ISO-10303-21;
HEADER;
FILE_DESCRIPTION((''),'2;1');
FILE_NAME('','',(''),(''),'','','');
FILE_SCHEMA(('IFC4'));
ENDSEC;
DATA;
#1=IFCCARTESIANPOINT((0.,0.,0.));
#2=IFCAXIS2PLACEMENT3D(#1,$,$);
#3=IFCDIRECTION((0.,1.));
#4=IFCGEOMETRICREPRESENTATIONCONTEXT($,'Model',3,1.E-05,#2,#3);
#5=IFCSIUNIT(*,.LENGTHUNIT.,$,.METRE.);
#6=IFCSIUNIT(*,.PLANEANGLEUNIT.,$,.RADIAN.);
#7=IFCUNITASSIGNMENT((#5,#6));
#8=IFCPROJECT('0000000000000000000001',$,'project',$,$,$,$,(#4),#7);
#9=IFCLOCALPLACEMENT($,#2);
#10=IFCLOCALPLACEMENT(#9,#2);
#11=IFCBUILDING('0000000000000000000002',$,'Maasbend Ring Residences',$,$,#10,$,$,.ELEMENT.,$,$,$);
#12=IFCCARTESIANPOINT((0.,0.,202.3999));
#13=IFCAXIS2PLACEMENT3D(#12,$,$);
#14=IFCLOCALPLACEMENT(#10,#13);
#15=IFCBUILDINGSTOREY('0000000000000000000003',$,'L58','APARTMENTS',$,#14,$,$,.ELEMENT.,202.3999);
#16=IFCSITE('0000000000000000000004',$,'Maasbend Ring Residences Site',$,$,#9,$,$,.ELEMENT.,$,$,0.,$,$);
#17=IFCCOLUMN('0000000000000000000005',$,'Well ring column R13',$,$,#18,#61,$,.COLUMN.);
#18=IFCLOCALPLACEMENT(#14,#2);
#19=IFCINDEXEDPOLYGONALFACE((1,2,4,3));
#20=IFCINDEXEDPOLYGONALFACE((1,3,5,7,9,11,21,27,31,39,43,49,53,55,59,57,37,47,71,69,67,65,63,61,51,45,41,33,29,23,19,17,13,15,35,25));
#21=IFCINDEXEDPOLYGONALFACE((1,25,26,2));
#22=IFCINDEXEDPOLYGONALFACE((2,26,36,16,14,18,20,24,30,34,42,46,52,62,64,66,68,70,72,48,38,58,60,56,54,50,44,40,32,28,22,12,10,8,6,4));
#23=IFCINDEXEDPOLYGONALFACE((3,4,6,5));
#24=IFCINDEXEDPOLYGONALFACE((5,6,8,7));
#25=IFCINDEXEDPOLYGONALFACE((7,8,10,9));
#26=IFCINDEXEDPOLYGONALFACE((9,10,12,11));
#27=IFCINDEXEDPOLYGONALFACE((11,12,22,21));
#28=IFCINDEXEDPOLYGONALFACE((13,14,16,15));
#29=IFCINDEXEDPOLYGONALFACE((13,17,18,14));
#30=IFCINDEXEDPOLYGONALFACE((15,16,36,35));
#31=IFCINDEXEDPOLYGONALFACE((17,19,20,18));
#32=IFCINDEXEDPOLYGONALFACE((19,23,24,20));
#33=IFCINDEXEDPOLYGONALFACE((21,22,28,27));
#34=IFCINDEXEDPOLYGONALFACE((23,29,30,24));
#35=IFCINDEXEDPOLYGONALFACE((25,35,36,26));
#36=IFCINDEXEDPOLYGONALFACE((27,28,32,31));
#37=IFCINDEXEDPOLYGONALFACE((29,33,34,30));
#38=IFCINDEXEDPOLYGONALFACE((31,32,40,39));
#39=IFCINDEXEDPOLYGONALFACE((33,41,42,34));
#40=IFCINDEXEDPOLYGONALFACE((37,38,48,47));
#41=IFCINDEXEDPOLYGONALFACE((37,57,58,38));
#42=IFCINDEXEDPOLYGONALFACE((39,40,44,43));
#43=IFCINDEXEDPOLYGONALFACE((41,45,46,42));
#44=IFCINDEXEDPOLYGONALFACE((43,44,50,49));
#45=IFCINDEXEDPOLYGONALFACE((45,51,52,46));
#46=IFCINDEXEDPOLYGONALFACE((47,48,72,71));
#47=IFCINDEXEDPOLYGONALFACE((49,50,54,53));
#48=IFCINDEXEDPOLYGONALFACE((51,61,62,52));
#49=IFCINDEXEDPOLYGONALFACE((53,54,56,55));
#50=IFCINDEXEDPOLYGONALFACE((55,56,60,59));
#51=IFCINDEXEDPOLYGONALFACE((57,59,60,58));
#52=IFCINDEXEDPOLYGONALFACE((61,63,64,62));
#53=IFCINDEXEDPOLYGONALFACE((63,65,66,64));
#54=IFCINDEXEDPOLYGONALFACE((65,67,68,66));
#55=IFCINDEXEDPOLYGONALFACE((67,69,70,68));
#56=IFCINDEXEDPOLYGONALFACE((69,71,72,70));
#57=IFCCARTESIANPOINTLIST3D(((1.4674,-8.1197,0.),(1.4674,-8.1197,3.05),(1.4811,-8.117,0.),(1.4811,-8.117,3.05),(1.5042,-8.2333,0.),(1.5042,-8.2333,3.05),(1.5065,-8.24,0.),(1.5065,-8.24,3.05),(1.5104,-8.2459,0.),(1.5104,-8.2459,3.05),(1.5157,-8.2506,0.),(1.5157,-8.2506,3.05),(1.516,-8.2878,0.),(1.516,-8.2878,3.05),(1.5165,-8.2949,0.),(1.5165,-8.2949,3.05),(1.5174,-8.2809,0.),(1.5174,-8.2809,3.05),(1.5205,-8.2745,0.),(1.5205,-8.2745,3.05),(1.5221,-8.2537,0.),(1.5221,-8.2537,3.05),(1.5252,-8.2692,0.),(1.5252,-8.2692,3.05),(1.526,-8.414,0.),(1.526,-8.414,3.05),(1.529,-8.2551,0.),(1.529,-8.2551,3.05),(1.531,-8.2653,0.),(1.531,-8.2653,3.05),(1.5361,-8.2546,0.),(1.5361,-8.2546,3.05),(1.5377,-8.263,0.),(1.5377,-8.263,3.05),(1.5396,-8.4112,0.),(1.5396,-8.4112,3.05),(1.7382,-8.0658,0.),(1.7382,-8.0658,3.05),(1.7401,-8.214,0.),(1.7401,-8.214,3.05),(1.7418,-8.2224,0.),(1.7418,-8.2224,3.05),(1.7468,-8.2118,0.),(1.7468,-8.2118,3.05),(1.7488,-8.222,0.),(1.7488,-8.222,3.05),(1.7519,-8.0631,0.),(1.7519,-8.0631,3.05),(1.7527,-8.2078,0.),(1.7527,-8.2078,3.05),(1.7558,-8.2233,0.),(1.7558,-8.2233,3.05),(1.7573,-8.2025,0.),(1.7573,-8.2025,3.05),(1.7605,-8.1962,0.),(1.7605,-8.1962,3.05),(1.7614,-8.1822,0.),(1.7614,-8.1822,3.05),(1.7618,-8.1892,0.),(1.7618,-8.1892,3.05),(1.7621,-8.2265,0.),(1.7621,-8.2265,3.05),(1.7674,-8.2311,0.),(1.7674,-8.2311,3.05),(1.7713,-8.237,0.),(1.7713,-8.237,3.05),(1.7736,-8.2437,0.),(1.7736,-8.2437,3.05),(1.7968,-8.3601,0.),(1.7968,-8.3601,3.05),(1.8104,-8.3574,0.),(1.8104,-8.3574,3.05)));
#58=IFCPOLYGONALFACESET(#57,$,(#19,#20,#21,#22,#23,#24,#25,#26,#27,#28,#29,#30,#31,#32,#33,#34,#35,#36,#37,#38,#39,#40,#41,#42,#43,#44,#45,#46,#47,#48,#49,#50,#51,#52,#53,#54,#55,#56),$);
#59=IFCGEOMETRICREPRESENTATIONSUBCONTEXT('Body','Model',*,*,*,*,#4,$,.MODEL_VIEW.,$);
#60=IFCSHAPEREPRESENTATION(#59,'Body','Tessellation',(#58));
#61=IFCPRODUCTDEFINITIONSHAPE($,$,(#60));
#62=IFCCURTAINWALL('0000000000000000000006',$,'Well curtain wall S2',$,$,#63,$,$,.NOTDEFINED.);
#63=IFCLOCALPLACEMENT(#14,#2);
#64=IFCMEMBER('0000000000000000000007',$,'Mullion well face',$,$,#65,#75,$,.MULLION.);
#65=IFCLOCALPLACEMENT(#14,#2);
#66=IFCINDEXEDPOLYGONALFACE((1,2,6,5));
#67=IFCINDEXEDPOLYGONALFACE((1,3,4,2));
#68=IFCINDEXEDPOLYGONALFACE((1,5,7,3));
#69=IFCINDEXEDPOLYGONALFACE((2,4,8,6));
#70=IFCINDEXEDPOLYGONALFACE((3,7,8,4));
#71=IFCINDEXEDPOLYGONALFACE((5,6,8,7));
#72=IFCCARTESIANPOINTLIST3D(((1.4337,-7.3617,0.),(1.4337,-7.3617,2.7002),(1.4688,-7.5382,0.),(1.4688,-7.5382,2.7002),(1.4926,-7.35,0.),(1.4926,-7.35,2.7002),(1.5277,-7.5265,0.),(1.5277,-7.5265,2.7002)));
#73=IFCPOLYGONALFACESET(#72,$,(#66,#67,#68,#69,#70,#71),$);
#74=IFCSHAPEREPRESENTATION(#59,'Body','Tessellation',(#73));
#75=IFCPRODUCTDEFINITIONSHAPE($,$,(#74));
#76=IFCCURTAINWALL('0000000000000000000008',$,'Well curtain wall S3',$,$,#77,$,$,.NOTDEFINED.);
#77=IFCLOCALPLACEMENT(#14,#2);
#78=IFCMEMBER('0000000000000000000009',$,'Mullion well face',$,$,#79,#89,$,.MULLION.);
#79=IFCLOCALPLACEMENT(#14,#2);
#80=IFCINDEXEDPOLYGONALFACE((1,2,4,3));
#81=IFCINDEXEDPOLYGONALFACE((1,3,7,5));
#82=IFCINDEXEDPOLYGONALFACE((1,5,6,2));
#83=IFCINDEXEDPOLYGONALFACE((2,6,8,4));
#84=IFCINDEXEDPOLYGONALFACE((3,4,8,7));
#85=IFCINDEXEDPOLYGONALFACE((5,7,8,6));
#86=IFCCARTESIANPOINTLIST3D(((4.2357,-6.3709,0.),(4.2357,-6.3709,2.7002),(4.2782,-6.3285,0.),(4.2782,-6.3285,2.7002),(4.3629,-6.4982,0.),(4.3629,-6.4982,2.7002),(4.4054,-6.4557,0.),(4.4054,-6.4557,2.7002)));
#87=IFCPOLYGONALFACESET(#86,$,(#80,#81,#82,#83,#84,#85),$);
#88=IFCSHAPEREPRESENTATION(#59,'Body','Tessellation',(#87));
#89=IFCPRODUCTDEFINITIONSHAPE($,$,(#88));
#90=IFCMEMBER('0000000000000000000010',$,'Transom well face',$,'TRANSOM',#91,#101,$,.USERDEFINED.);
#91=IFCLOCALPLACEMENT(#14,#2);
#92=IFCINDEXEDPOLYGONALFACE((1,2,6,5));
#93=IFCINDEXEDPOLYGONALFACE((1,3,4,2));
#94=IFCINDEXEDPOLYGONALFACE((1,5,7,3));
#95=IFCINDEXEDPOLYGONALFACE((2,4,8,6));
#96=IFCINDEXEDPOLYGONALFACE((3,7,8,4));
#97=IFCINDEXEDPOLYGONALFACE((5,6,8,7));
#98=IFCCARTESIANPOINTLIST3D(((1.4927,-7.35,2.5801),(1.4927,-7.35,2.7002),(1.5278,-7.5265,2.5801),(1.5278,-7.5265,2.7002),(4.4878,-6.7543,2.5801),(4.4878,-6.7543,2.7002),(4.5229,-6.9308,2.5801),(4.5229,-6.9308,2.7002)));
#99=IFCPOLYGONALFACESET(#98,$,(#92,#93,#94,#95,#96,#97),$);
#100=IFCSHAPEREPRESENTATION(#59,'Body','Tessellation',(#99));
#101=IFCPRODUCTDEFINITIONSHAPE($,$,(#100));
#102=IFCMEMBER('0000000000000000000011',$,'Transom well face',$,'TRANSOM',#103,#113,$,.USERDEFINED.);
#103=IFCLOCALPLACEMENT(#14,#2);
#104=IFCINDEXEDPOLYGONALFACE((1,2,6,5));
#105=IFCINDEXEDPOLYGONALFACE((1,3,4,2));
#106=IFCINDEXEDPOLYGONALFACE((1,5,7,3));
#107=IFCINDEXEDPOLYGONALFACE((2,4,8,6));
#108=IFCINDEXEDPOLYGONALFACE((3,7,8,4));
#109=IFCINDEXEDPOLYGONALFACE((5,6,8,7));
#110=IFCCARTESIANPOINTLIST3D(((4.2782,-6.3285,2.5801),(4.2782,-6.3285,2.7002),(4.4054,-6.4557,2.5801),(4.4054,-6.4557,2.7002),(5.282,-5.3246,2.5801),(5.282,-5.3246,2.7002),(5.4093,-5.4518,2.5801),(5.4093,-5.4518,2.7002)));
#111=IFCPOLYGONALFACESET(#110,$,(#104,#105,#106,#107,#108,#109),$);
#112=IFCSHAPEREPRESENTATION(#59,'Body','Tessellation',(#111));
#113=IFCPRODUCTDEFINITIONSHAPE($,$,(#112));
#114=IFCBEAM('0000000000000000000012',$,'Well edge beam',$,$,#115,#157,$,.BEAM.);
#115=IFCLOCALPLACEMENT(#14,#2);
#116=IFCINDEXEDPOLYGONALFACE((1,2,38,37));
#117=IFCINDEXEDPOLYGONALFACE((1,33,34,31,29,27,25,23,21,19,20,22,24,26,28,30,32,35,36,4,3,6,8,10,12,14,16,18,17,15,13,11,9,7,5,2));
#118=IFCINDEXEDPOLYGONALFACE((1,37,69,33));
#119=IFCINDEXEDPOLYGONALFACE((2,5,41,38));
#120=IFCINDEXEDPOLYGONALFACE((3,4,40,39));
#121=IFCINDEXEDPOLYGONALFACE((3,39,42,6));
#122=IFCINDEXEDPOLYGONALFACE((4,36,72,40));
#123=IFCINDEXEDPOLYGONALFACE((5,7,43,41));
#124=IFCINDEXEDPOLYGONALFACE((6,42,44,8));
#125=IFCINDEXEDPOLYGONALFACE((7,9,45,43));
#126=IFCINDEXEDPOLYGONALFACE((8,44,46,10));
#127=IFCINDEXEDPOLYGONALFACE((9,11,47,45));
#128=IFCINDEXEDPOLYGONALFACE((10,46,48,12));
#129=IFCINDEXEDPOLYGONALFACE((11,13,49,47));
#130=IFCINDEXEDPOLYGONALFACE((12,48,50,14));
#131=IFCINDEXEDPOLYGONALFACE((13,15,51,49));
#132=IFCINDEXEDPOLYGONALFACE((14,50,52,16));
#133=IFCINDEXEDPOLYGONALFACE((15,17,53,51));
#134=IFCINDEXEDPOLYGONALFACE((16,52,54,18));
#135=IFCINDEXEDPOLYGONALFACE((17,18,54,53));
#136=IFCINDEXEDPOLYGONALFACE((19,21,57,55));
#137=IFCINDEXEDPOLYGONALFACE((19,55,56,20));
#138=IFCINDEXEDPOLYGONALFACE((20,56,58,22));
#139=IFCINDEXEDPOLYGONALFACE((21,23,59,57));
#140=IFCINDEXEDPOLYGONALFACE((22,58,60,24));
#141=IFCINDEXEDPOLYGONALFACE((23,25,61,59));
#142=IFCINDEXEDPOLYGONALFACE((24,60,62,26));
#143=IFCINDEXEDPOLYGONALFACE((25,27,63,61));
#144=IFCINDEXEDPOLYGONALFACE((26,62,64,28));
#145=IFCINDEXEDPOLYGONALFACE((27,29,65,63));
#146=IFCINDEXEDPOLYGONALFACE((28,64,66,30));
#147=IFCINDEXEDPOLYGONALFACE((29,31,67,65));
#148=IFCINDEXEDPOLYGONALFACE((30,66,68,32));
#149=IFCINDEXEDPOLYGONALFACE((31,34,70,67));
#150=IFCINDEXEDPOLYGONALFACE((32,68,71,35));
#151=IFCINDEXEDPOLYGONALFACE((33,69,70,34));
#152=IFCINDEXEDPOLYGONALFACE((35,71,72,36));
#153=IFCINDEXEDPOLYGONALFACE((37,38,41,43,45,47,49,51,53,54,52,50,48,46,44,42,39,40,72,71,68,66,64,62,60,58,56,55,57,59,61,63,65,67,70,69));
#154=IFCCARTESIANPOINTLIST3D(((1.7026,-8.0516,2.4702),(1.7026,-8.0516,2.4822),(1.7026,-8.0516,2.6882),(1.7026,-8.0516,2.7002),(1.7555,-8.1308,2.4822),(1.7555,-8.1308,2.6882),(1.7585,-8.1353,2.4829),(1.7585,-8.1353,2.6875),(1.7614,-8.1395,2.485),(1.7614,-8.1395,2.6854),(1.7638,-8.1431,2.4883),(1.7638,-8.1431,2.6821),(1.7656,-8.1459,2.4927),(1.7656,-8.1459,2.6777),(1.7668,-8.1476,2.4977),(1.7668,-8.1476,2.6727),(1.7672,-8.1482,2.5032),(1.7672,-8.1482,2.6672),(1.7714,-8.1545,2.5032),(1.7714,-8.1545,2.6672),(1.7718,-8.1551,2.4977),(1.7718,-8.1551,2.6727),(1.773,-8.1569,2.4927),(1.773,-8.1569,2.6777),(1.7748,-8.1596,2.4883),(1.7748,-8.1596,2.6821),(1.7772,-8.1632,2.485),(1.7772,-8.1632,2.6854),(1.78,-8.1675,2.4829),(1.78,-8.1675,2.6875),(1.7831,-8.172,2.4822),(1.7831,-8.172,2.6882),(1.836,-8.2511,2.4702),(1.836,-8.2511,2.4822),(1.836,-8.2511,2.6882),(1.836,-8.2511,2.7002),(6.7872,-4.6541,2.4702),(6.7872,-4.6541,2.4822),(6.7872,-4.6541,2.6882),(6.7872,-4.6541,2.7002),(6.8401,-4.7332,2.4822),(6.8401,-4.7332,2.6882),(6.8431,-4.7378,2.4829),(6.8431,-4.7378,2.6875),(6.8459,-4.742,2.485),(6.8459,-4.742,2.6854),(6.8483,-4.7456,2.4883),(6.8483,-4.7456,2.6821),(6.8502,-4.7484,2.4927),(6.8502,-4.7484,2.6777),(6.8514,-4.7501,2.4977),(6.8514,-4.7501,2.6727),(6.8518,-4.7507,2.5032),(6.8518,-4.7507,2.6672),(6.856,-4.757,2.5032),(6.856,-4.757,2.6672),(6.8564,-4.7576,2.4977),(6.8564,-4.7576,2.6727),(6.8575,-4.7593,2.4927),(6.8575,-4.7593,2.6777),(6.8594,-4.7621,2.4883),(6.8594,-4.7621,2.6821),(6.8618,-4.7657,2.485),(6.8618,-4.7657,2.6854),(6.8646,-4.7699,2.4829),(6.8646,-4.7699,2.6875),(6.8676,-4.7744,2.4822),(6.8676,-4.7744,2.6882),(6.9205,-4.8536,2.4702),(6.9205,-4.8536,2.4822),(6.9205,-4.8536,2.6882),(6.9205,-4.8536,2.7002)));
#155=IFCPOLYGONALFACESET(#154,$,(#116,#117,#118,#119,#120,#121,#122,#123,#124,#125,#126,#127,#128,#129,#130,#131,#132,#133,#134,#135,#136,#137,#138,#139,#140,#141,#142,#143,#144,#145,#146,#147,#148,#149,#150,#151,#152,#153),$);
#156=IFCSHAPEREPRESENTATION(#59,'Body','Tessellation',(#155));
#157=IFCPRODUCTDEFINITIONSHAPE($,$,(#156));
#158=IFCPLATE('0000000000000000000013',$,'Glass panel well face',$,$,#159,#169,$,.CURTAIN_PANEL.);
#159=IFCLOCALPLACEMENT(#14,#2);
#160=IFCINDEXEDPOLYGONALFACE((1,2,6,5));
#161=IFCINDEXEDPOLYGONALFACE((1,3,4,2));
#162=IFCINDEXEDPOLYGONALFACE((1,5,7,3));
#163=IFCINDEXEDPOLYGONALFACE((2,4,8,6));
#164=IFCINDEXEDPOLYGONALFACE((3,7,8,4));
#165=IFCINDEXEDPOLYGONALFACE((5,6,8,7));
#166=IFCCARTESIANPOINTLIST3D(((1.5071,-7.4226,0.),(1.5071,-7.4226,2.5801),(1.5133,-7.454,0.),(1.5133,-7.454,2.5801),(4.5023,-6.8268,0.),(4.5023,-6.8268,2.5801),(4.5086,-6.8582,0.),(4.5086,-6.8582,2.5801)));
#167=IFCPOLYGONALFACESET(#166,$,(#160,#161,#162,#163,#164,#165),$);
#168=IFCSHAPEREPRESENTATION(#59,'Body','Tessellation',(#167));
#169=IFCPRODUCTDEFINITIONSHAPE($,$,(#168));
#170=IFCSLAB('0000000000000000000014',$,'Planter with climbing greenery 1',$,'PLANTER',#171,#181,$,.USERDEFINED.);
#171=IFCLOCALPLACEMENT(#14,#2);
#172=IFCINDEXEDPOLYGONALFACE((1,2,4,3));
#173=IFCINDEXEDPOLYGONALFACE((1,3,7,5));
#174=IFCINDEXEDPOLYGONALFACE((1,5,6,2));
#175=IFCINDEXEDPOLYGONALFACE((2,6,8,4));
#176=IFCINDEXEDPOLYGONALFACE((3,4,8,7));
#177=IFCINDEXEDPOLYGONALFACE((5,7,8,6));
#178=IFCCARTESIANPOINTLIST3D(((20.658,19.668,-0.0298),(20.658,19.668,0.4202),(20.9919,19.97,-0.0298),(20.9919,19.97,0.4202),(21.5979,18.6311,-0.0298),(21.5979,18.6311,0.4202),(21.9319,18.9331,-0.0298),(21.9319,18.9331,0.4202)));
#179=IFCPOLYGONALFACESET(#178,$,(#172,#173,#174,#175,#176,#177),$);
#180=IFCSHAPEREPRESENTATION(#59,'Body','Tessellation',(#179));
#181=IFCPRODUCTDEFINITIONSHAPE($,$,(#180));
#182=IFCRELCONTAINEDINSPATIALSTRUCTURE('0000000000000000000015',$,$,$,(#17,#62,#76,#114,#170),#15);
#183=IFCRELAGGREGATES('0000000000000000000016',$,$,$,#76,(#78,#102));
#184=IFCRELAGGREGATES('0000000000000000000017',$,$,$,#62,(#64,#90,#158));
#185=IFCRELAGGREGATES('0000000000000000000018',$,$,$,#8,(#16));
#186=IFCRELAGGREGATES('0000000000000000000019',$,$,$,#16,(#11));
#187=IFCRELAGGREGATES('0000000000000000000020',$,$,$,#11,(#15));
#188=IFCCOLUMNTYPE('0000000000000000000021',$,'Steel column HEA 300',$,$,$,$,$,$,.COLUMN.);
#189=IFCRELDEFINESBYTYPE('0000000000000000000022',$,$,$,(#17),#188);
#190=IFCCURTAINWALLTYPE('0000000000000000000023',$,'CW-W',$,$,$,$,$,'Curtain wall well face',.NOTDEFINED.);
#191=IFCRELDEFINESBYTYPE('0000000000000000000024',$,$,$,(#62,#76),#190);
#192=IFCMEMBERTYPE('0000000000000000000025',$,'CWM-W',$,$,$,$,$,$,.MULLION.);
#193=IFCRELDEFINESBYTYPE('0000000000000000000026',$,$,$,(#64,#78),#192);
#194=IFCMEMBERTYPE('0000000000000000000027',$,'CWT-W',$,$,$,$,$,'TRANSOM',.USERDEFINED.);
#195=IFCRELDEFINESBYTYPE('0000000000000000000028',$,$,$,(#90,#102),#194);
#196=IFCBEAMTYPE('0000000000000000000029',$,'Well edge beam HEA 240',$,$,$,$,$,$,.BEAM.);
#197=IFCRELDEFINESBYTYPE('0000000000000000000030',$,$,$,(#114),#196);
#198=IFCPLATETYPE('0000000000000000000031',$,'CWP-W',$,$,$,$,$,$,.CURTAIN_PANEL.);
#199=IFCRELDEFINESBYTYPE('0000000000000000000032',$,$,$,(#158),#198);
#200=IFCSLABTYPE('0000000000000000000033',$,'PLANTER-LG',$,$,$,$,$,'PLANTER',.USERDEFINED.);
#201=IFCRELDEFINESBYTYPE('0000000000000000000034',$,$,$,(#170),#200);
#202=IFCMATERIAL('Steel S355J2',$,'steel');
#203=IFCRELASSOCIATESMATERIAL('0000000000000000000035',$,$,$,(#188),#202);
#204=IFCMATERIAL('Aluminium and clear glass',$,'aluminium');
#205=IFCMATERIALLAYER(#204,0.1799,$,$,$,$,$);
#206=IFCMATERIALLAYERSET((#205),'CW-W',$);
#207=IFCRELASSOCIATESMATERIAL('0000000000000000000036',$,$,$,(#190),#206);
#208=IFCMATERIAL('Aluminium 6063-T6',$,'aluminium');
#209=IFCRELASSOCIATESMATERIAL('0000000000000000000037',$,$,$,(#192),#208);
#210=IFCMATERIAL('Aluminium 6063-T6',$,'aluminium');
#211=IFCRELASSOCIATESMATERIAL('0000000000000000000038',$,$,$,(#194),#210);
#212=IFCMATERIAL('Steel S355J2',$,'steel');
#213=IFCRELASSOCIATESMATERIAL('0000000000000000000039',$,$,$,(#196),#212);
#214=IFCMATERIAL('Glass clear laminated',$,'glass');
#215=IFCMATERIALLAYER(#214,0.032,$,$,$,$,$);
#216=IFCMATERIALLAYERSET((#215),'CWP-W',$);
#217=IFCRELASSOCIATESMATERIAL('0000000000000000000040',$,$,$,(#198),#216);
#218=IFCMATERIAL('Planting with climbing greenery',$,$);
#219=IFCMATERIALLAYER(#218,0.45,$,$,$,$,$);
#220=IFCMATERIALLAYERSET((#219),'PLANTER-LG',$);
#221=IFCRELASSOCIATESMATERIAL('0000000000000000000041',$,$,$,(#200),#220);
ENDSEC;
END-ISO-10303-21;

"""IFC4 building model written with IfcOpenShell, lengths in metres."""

from ifc_helpers import new_model, si_unit, direction, frame, origin, origin_2d, place, context, subcontext, project, spatial, polyline, rectangle, i_section, outline, extrude, material, layer, layer_set, material_profile, profile_set, type_object, element, aggregate, save


model = new_model("IFC4")

# Units and contexts
model_context = context("Model", 3, precision=1e-05, world=origin(), true_north=direction((0.0, 1.0)))
body_context = subcontext(model_context, "Body", "Model", "MODEL_VIEW")
ifc_project = project(units=[si_unit("LENGTHUNIT", "METRE"), si_unit("PLANEANGLEUNIT", "RADIAN")], contexts=[model_context])

# Site, building, storey
site_placement = place(None, origin())
site = spatial("IfcSite", under=ifc_project, at=site_placement, Name="Maasbend Ring Residences Site", CompositionType="ELEMENT", RefElevation=0.0)
building_placement = place(site_placement, origin())
building = spatial("IfcBuilding", under=site, at=building_placement, Name="Maasbend Ring Residences", CompositionType="ELEMENT")
storey_placement = place(building_placement, frame((0.0, 0.0, 202.3999)))
storey = spatial("IfcBuildingStorey", under=building, at=storey_placement, Name="L58", Description="APARTMENTS", CompositionType="ELEMENT", Elevation=202.3999)

# Column
ifc_material_1 = material(Name="Steel S355J2", Category="steel")
ifc_material_profile_1 = material_profile(ifc_material_1, i_section(OverallWidth=0.3, OverallDepth=0.29, WebThickness=0.0085, FlangeThickness=0.0139, FilletRadius=0.0271, at=origin_2d()), Name="HEA 300")
ifc_profile_set_1 = profile_set([ifc_material_profile_1], Name="Steel S355J2")
column_type = type_object("IfcColumnType", Name="Steel column HEA 300", PredefinedType="COLUMN", material=ifc_profile_set_1)
column_placement = place(storey_placement, frame((1.6389, -8.2385, 0.0), z_axis=(0.0, 0.0, 1.0), x_axis=(0.19509, -0.980785, 0.0)))
element("IfcColumn", 1, at=column_placement, inside=storey, type_object=column_type, Name="Well ring column R13", PredefinedType="COLUMN", context=body_context, shape_type="SweptSolid", body=[
    extrude(i_section(OverallWidth=0.3, OverallDepth=0.29, WebThickness=0.0085, FlangeThickness=0.0139, FilletRadius=0.0271, at=origin_2d()), origin(), (0.0, 0.0, 1.0), 3.05),
])

# Curtain walls, members
ifc_material_2 = material(Name="Aluminium and clear glass", Category="aluminium")
ifc_layer_1 = layer(ifc_material_2, 0.1799)
ifc_layer_set_1 = layer_set([ifc_layer_1], Name="CW-W")
curtain_wall_type = type_object("IfcCurtainWallType", Name="CW-W", ElementType="Curtain wall well face", PredefinedType="NOTDEFINED", material=ifc_layer_set_1)
curtain_wall_1_placement = place(storey_placement, origin())
curtain_wall_1 = element("IfcCurtainWall", 2, at=curtain_wall_1_placement, inside=storey, type_object=curtain_wall_type, Name="Well curtain wall S2", PredefinedType="NOTDEFINED")
ifc_material_3 = material(Name="Aluminium 6063-T6", Category="aluminium")
ifc_material_profile_2 = material_profile(ifc_material_3, rectangle(XDim=0.1799, YDim=0.0601, at=origin_2d()), Name="AL 180x60")
ifc_profile_set_2 = profile_set([ifc_material_profile_2], Name="Aluminium 6063-T6")
member_type_1 = type_object("IfcMemberType", Name="CWM-W", PredefinedType="MULLION", material=ifc_profile_set_2)
member_1_placement = place(storey_placement, frame((1.4807, -7.4441, 0.0), z_axis=(0.0, 0.0, 1.0), x_axis=(-0.19509, 0.980785, 0.0)))
member_1 = element("IfcMember", 3, at=member_1_placement, type_object=member_type_1, Name="Mullion well face", PredefinedType="MULLION", context=body_context, shape_type="SweptSolid", body=[
    extrude(rectangle(XDim=0.1799, YDim=0.0601, at=origin_2d()), origin(), (0.0, 0.0, 1.0), 2.7002),
])
curtain_wall_2_placement = place(storey_placement, origin())
curtain_wall_2 = element("IfcCurtainWall", 4, at=curtain_wall_2_placement, inside=storey, type_object=curtain_wall_type, Name="Well curtain wall S3", PredefinedType="NOTDEFINED")
member_2_placement = place(storey_placement, frame((4.3206, -6.4133, 0.0), z_axis=(0.0, 0.0, 1.0), x_axis=(-0.707107, 0.707107, 0.0)))
member_2 = element("IfcMember", 5, at=member_2_placement, type_object=member_type_1, Name="Mullion well face", PredefinedType="MULLION", context=body_context, shape_type="SweptSolid", body=[
    extrude(rectangle(XDim=0.1799, YDim=0.0601, at=origin_2d()), origin(), (0.0, 0.0, 1.0), 2.7002),
])

# Members
ifc_material_4 = material(Name="Aluminium 6063-T6", Category="aluminium")
ifc_material_profile_3 = material_profile(ifc_material_4, rectangle(XDim=0.1799, YDim=0.1201, at=origin_2d()), Name="AL 180x120")
ifc_profile_set_3 = profile_set([ifc_material_profile_3], Name="Aluminium 6063-T6")
member_type_2 = type_object("IfcMemberType", Name="CWT-W", ElementType="TRANSOM", PredefinedType="USERDEFINED", material=ifc_profile_set_3)
member_3_placement = place(storey_placement, frame((1.5103, -7.4382, 2.6401), z_axis=(0.980789, 0.195071, 0.0), x_axis=(-0.195071, 0.980789, 0.0)))
member_3 = element("IfcMember", 6, at=member_3_placement, type_object=member_type_2, Name="Transom well face", ObjectType="TRANSOM", PredefinedType="USERDEFINED", context=body_context, shape_type="SweptSolid", body=[
    extrude(rectangle(XDim=0.1799, YDim=0.1201, at=origin_2d()), origin(), (0.0, 0.0, 1.0), 3.0537),
])
member_4_placement = place(storey_placement, frame((4.3418, -6.3921, 2.6401), z_axis=(0.707107, 0.707107, 0.0), x_axis=(-0.707107, 0.707107, 0.0)))
member_4 = element("IfcMember", 7, at=member_4_placement, type_object=member_type_2, Name="Transom well face", ObjectType="TRANSOM", PredefinedType="USERDEFINED", context=body_context, shape_type="SweptSolid", body=[
    extrude(rectangle(XDim=0.1799, YDim=0.1201, at=origin_2d()), origin(), (0.0, 0.0, 1.0), 1.4197),
])
aggregate(curtain_wall_2, [member_2, member_4])

# Beam
ifc_material_5 = material(Name="Steel S355J2", Category="steel")
ifc_material_profile_4 = material_profile(ifc_material_5, i_section(OverallWidth=0.24, OverallDepth=0.23, WebThickness=0.0076, FlangeThickness=0.012, FilletRadius=0.021, at=origin_2d()), Name="HEA 240")
ifc_profile_set_4 = profile_set([ifc_material_profile_4], Name="Steel S355J2")
beam_type = type_object("IfcBeamType", Name="Well edge beam HEA 240", PredefinedType="BEAM", material=ifc_profile_set_4)
beam_placement = place(storey_placement, frame((1.7693, -8.1514, 2.5852), z_axis=(0.83146, 0.555584, 0.0), x_axis=(-0.555584, 0.83146, 0.0)))
element("IfcBeam", 8, at=beam_placement, inside=storey, type_object=beam_type, Name="Well edge beam", PredefinedType="BEAM", context=body_context, shape_type="SweptSolid", body=[
    extrude(i_section(OverallWidth=0.24, OverallDepth=0.23, WebThickness=0.0076, FlangeThickness=0.012, FilletRadius=0.021, at=origin_2d()), origin(), (0.0, 0.0, 1.0), 6.1152),
])

# Plate
ifc_material_6 = material(Name="Glass clear laminated", Category="glass")
ifc_layer_2 = layer(ifc_material_6, 0.032)
ifc_layer_set_2 = layer_set([ifc_layer_2], Name="CWP-W")
plate_type = type_object("IfcPlateType", Name="CWP-W", PredefinedType="CURTAIN_PANEL", material=ifc_layer_set_2)
plate_placement = place(storey_placement, frame((3.0078, -7.1404, 0.0), z_axis=(0.0, 0.0, 1.0), x_axis=(0.980785, 0.19509, 0.0)))
plate = element("IfcPlate", 9, at=plate_placement, type_object=plate_type, Name="Glass panel well face", PredefinedType="CURTAIN_PANEL", context=body_context, shape_type="SweptSolid", body=[
    extrude(rectangle(XDim=3.054, YDim=0.032, at=origin_2d()), origin(), (0.0, 0.0, 1.0), 2.5801),
])
aggregate(curtain_wall_1, [member_1, member_3, plate])

# Slab
ifc_material_7 = material(Name="Planting with climbing greenery")
ifc_layer_3 = layer(ifc_material_7, 0.45)
ifc_layer_set_3 = layer_set([ifc_layer_3], Name="PLANTER-LG")
slab_type_1 = type_object("IfcSlabType", Name="PLANTER-LG", ElementType="PLANTER", PredefinedType="USERDEFINED", material=ifc_layer_set_3)
slab_1_placement = place(storey_placement, frame((0.0, 0.0, -0.0298)))
element("IfcSlab", 10, at=slab_1_placement, inside=storey, type_object=slab_type_1, Name="Planter with climbing greenery 1", ObjectType="PLANTER", PredefinedType="USERDEFINED", context=body_context, shape_type="SweptSolid", body=[
    extrude(outline(polyline([(21.9319, 18.9331), (20.9919, 19.97), (20.658, 19.668), (21.5979, 18.6311), (21.9319, 18.9331)])), origin(), (0.0, 0.0, 1.0), 0.45),
])

save(model, "model.ifc")
